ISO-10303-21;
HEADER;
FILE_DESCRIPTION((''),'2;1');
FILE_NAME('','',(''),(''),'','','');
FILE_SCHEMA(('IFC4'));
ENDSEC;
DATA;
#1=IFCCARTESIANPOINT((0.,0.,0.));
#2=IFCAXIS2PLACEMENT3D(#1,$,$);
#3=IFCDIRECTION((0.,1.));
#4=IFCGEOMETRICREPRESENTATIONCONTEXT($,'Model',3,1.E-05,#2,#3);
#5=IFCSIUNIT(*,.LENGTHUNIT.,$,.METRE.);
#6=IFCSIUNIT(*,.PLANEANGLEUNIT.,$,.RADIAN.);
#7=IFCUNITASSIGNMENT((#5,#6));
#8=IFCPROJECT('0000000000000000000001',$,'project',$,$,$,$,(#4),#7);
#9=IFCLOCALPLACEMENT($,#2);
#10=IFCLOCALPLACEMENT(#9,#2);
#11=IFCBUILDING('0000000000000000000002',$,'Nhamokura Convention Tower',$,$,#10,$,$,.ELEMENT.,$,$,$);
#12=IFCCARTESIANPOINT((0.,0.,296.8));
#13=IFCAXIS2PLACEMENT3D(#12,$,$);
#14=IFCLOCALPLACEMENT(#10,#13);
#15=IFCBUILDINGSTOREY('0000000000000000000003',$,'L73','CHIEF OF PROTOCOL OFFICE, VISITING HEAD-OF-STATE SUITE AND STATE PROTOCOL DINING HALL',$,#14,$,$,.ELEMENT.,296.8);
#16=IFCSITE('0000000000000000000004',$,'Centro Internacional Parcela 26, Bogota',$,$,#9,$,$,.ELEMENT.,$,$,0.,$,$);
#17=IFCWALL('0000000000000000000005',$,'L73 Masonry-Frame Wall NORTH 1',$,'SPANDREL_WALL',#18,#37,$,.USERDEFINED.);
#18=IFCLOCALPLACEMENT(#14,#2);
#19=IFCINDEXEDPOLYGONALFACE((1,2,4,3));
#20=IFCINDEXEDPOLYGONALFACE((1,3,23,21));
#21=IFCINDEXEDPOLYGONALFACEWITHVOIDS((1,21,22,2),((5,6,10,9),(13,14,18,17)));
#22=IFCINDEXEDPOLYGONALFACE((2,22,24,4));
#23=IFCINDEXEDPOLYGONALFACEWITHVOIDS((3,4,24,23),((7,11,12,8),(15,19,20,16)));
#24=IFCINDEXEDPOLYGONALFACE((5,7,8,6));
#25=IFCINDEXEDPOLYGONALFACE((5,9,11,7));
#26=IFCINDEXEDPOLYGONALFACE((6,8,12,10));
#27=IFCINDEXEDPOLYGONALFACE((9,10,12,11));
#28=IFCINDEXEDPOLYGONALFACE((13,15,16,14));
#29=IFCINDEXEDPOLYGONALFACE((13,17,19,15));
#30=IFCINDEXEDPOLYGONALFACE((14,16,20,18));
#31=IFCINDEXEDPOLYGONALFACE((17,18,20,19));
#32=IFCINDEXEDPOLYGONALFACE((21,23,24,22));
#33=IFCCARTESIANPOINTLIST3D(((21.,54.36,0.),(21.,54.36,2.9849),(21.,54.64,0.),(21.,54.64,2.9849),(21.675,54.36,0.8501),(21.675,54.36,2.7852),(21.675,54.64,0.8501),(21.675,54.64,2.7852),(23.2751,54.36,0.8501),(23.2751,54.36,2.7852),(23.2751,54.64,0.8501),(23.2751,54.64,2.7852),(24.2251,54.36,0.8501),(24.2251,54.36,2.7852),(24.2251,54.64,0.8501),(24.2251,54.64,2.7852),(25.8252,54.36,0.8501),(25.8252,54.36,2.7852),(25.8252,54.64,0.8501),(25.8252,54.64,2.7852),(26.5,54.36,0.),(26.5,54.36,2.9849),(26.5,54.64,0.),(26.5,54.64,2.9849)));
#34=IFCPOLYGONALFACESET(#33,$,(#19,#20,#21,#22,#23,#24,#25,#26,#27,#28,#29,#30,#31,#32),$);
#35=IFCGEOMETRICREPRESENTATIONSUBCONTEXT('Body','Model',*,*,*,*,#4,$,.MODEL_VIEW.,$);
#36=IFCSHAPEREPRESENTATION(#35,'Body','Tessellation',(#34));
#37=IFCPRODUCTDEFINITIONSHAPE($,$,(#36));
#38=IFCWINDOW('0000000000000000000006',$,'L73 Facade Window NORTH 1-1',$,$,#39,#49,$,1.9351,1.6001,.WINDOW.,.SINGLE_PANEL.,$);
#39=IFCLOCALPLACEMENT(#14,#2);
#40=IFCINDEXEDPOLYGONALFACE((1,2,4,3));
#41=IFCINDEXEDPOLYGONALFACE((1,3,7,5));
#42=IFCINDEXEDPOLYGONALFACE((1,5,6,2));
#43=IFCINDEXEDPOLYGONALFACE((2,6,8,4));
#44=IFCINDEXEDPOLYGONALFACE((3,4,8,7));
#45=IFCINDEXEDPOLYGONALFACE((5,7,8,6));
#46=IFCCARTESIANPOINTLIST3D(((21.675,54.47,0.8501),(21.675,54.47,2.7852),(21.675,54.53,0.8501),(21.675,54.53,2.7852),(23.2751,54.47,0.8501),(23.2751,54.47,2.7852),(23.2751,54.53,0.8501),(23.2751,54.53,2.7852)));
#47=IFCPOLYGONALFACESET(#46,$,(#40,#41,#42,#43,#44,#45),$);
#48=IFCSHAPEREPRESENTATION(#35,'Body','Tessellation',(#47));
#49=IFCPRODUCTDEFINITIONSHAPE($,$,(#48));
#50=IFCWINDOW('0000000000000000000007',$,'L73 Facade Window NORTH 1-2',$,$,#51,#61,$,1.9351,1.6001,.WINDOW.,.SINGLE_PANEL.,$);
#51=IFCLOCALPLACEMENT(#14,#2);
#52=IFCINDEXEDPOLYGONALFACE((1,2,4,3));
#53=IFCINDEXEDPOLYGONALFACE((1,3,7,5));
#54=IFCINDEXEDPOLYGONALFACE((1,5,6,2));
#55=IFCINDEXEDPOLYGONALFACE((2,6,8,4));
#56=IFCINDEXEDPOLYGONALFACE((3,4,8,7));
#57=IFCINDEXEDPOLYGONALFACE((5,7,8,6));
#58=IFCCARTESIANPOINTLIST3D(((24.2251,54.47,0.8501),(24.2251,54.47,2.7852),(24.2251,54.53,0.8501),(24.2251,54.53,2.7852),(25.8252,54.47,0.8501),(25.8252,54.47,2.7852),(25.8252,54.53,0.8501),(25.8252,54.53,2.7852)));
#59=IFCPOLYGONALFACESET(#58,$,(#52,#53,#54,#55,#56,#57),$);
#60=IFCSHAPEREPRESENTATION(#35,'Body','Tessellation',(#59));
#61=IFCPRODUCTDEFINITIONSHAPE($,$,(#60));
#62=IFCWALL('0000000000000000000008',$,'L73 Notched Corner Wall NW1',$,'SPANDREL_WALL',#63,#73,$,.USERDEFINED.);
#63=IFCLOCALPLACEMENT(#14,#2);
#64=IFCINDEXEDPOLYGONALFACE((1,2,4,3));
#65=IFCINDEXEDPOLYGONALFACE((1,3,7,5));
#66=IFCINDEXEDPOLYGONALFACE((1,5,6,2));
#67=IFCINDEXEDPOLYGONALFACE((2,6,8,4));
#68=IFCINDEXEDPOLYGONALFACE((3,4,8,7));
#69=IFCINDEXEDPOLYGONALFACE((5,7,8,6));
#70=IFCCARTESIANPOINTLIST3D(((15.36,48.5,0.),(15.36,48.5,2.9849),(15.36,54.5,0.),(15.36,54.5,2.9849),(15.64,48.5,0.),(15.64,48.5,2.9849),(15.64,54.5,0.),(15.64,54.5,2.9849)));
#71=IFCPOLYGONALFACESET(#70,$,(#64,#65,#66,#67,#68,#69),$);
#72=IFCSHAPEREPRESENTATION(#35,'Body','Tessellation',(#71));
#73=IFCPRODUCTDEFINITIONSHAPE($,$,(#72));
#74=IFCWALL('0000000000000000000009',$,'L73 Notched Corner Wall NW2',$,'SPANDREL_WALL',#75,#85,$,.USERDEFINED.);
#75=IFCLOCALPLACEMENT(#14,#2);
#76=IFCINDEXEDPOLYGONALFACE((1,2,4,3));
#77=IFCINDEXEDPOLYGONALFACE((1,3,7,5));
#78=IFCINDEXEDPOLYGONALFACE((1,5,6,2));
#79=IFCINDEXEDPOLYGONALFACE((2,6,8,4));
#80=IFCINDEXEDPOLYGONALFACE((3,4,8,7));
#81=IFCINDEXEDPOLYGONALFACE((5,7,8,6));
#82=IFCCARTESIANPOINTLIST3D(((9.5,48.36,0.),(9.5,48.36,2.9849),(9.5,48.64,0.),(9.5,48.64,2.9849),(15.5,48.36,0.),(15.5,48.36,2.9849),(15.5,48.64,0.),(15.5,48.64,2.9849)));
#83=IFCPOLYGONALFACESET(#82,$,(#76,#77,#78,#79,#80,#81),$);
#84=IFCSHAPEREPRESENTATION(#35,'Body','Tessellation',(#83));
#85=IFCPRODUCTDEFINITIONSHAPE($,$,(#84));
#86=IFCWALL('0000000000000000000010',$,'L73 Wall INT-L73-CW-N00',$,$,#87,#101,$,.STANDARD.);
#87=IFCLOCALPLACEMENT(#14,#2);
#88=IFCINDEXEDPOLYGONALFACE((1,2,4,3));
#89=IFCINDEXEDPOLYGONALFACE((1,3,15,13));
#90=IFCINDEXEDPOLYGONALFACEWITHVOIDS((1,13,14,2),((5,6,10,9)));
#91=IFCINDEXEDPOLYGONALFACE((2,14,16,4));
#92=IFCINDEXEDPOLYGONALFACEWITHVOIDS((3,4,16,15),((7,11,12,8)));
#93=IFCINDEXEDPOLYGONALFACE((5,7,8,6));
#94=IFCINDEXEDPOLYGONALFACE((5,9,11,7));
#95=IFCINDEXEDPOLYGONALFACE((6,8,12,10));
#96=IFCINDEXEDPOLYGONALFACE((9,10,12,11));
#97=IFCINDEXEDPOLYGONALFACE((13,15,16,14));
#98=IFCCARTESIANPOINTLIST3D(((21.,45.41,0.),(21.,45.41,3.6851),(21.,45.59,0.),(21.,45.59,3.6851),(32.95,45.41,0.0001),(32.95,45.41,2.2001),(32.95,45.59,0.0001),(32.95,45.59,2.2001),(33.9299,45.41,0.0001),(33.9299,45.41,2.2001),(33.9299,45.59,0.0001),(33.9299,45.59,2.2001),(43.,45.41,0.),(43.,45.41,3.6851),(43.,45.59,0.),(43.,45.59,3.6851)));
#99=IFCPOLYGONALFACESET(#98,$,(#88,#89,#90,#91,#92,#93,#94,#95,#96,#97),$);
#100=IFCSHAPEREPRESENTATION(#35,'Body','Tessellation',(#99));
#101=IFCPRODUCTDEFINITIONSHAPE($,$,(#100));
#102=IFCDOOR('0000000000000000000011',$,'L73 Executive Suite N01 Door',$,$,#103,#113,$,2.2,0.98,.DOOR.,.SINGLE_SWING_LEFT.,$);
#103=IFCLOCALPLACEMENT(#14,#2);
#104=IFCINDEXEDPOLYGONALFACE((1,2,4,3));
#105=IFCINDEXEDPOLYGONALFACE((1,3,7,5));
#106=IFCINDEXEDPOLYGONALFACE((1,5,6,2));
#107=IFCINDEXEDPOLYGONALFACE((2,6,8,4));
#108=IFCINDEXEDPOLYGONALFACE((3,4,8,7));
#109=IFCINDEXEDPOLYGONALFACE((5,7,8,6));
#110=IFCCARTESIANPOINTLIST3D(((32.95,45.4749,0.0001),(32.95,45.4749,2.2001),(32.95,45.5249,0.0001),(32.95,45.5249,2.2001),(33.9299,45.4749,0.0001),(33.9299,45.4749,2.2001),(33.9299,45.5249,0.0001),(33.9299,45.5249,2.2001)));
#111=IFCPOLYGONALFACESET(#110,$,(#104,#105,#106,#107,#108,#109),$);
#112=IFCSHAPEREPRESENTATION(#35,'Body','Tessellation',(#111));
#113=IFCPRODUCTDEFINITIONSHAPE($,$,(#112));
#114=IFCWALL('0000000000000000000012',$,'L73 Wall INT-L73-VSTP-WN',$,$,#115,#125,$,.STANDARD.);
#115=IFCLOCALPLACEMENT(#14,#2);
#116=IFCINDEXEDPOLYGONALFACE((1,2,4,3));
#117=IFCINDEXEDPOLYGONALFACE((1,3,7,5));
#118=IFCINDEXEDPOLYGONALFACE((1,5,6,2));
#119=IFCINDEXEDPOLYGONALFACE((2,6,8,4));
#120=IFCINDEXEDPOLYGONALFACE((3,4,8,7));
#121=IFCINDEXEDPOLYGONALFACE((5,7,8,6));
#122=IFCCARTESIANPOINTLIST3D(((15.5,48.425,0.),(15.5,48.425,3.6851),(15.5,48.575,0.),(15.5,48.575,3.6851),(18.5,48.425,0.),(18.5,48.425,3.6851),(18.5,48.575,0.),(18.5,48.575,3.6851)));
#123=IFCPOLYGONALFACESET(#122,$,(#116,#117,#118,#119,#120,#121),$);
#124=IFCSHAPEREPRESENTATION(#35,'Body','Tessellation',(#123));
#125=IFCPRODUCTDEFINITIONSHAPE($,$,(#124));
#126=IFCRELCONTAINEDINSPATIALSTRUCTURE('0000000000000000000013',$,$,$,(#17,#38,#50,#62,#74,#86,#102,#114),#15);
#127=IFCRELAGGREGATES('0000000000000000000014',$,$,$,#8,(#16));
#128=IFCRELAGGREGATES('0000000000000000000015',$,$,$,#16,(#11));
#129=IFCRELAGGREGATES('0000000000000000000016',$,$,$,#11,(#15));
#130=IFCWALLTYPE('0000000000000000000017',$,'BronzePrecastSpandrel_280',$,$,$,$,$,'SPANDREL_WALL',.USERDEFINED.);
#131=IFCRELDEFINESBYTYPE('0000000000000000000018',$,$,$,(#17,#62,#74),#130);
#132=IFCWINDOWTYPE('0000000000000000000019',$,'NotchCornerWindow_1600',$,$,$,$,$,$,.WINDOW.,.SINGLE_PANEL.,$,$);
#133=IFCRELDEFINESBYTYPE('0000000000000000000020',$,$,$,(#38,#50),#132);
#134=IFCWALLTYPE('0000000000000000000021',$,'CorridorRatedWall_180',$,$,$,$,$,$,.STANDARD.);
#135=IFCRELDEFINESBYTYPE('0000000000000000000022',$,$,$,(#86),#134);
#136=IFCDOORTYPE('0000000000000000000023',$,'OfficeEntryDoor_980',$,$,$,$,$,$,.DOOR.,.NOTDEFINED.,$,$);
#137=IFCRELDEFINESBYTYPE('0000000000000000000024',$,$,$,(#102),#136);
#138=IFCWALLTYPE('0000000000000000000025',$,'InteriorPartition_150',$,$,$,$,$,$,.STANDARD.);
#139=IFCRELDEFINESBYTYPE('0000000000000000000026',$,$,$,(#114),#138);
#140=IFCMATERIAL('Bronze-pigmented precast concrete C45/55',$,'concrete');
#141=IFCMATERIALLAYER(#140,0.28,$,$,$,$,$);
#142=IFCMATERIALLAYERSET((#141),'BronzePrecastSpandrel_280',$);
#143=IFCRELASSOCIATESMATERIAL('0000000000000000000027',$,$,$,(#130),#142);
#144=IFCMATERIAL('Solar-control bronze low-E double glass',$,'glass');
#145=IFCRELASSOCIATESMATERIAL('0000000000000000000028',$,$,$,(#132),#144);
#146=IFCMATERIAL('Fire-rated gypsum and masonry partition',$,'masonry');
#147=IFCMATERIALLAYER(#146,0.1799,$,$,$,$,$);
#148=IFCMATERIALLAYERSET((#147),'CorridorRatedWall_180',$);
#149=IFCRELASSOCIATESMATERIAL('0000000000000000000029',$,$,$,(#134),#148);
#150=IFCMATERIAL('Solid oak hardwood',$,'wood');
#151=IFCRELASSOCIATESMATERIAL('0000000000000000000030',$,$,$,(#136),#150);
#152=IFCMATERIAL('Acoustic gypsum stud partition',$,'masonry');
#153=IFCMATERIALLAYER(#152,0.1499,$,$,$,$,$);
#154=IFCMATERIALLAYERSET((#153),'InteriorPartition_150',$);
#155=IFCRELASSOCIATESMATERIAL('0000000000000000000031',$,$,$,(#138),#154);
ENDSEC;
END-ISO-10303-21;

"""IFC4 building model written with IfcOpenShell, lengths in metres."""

from ifc_helpers import new_model, si_unit, direction, frame, frame_2d, origin, place, context, subcontext, project, spatial, rectangle, extrude, material, layer, layer_set, type_object, element, fill, save


model = new_model("IFC4")

# Units and contexts
model_context = context("Model", 3, precision=1e-05, world=origin(), true_north=direction((0.0, 1.0)))
body_context = subcontext(model_context, "Body", "Model", "MODEL_VIEW")
ifc_project = project(units=[si_unit("LENGTHUNIT", "METRE"), si_unit("PLANEANGLEUNIT", "RADIAN")], contexts=[model_context])

# Site, building, storey
site_placement = place(None, origin())
site = spatial("IfcSite", under=ifc_project, at=site_placement, Name="Centro Internacional Parcela 26, Bogota", CompositionType="ELEMENT", RefElevation=0.0)
building_placement = place(site_placement, origin())
building = spatial("IfcBuilding", under=site, at=building_placement, Name="Nhamokura Convention Tower", CompositionType="ELEMENT")
storey_placement = place(building_placement, frame((0.0, 0.0, 296.8)))
storey = spatial("IfcBuildingStorey", under=building, at=storey_placement, Name="L73", Description="CHIEF OF PROTOCOL OFFICE, VISITING HEAD-OF-STATE SUITE AND STATE PROTOCOL DINING HALL", CompositionType="ELEMENT", Elevation=296.8)

# Shared definitions
ifc_material_1 = material(Name="Bronze-pigmented precast concrete C45/55", Category="concrete")
ifc_layer_1 = layer(ifc_material_1, 0.28)
ifc_layer_set_1 = layer_set([ifc_layer_1], Name="BronzePrecastSpandrel_280")
wall_type_1 = type_object("IfcWallType", Name="BronzePrecastSpandrel_280", ElementType="SPANDREL_WALL", PredefinedType="USERDEFINED", material=ifc_layer_set_1)

# Wall, openings, windows
wall_1_placement = place(storey_placement, frame((21.0, 54.5, 0.0), z_axis=(0.0, 0.0, 1.0), x_axis=(1.0, 0.0, 0.0)))
wall_1 = element("IfcWall", 1, at=wall_1_placement, inside=storey, type_object=wall_type_1, Name="L73 Masonry-Frame Wall NORTH 1", ObjectType="SPANDREL_WALL", PredefinedType="USERDEFINED", context=body_context, shape_type="SweptSolid", body=[
    extrude(rectangle(XDim=5.5, YDim=0.28, at=frame_2d((2.75, 0.0))), origin(), (0.0, 0.0, 1.0), 2.9849),
])
opening_1_placement = place(wall_1_placement, frame((0.675, 0.0, 0.8501)))
opening_1 = element("IfcOpeningElement", 2, at=opening_1_placement, cuts=wall_1, PredefinedType="OPENING", context=body_context, shape_type="SweptSolid", body=[
    extrude(rectangle(XDim=1.6001, YDim=1.9351, at=frame_2d((0.8, 0.9675))), frame((0.0, 0.1499, 0.0), z_axis=(0.0, -1.0, 0.0), x_axis=(1.0, 0.0, 0.0)), (0.0, 0.0, 1.0), 0.3),
])
opening_2_placement = place(wall_1_placement, frame((3.2251, 0.0, 0.8501)))
opening_2 = element("IfcOpeningElement", 3, at=opening_2_placement, cuts=wall_1, PredefinedType="OPENING", context=body_context, shape_type="SweptSolid", body=[
    extrude(rectangle(XDim=1.6001, YDim=1.9351, at=frame_2d((0.8, 0.9675))), frame((0.0, 0.1499, 0.0), z_axis=(0.0, -1.0, 0.0), x_axis=(1.0, 0.0, 0.0)), (0.0, 0.0, 1.0), 0.3),
])
ifc_material_2 = material(Name="Solar-control bronze low-E double glass", Category="glass")
window_type = type_object("IfcWindowType", Name="NotchCornerWindow_1600", PartitioningType="SINGLE_PANEL", PredefinedType="WINDOW", material=ifc_material_2)
window_1_placement = place(opening_1_placement, origin())
window_1 = element("IfcWindow", 4, at=window_1_placement, inside=storey, type_object=window_type, Name="L73 Facade Window NORTH 1-1", OverallHeight=1.9351, OverallWidth=1.6001, PartitioningType="SINGLE_PANEL", PredefinedType="WINDOW", context=body_context, shape_type="SweptSolid", body=[
    extrude(rectangle(XDim=1.6001, YDim=1.9351, at=frame_2d((0.8, 0.9675))), frame((0.0, 0.03, 0.0), z_axis=(0.0, -1.0, 0.0), x_axis=(1.0, 0.0, 0.0)), (0.0, 0.0, 1.0), 0.0601),
])
fill(opening_1, window_1)
window_2_placement = place(opening_2_placement, origin())
window_2 = element("IfcWindow", 5, at=window_2_placement, inside=storey, type_object=window_type, Name="L73 Facade Window NORTH 1-2", OverallHeight=1.9351, OverallWidth=1.6001, PartitioningType="SINGLE_PANEL", PredefinedType="WINDOW", context=body_context, shape_type="SweptSolid", body=[
    extrude(rectangle(XDim=1.6001, YDim=1.9351, at=frame_2d((0.8, 0.9675))), frame((0.0, 0.03, 0.0), z_axis=(0.0, -1.0, 0.0), x_axis=(1.0, 0.0, 0.0)), (0.0, 0.0, 1.0), 0.0601),
])
fill(opening_2, window_2)

# Walls
for number, where, z_axis, x_axis, name in (
    (6, (15.5, 48.5, 0.0), (0.0, 0.0, 1.0), (0.0, 1.0, 0.0), "L73 Notched Corner Wall NW1"),
    (7, (9.5, 48.5, 0.0), (0.0, 0.0, 1.0), (1.0, 0.0, 0.0), "L73 Notched Corner Wall NW2"),
):
    element("IfcWall", number, at=place(storey_placement, frame(where, z_axis=z_axis, x_axis=x_axis)), inside=storey, type_object=wall_type_1, Name=name, ObjectType="SPANDREL_WALL", PredefinedType="USERDEFINED", context=body_context, shape_type="SweptSolid", body=[
        extrude(rectangle(XDim=6.0, YDim=0.28, at=frame_2d((3.0, 0.0))), origin(), (0.0, 0.0, 1.0), 2.9849),
    ])

# Wall, opening, door
ifc_material_3 = material(Name="Fire-rated gypsum and masonry partition", Category="masonry")
ifc_layer_2 = layer(ifc_material_3, 0.1799)
ifc_layer_set_2 = layer_set([ifc_layer_2], Name="CorridorRatedWall_180")
wall_type_2 = type_object("IfcWallType", Name="CorridorRatedWall_180", PredefinedType="STANDARD", material=ifc_layer_set_2)
wall_2_placement = place(storey_placement, frame((21.0, 45.5, 0.0), z_axis=(0.0, 0.0, 1.0), x_axis=(1.0, 0.0, 0.0)))
wall_2 = element("IfcWall", 8, at=wall_2_placement, inside=storey, type_object=wall_type_2, Name="L73 Wall INT-L73-CW-N00", PredefinedType="STANDARD", context=body_context, shape_type="SweptSolid", body=[
    extrude(rectangle(XDim=22.0, YDim=0.1799, at=frame_2d((11.0, 0.0))), origin(), (0.0, 0.0, 1.0), 3.6851),
])
opening_3_placement = place(wall_2_placement, frame((11.95, 0.0, 0.0)))
opening_3 = element("IfcOpeningElement", 9, at=opening_3_placement, cuts=wall_2, PredefinedType="OPENING", context=body_context, shape_type="SweptSolid", body=[
    extrude(rectangle(XDim=0.98, YDim=2.2, at=frame_2d((0.49, 1.1001))), frame((0.0, 0.0999, 0.0), z_axis=(0.0, -1.0, 0.0), x_axis=(1.0, 0.0, 0.0)), (0.0, 0.0, 1.0), 0.2),
])
ifc_material_4 = material(Name="Solid oak hardwood", Category="wood")
door_type = type_object("IfcDoorType", Name="OfficeEntryDoor_980", OperationType="NOTDEFINED", PredefinedType="DOOR", material=ifc_material_4)
door_placement = place(opening_3_placement, origin())
door = element("IfcDoor", 10, at=door_placement, inside=storey, type_object=door_type, Name="L73 Executive Suite N01 Door", OperationType="SINGLE_SWING_LEFT", OverallHeight=2.2, OverallWidth=0.98, PredefinedType="DOOR", context=body_context, shape_type="SweptSolid", body=[
    extrude(rectangle(XDim=0.98, YDim=2.2, at=frame_2d((0.49, 1.1001))), frame((0.0, 0.0249, 0.0), z_axis=(0.0, -1.0, 0.0), x_axis=(1.0, 0.0, 0.0)), (0.0, 0.0, 1.0), 0.05),
])
fill(opening_3, door)

# Wall
ifc_material_5 = material(Name="Acoustic gypsum stud partition", Category="masonry")
ifc_layer_3 = layer(ifc_material_5, 0.1499)
ifc_layer_set_3 = layer_set([ifc_layer_3], Name="InteriorPartition_150")
wall_type_3 = type_object("IfcWallType", Name="InteriorPartition_150", PredefinedType="STANDARD", material=ifc_layer_set_3)
wall_3_placement = place(storey_placement, frame((15.5, 48.5, 0.0), z_axis=(0.0, 0.0, 1.0), x_axis=(1.0, 0.0, 0.0)))
element("IfcWall", 11, at=wall_3_placement, inside=storey, type_object=wall_type_3, Name="L73 Wall INT-L73-VSTP-WN", PredefinedType="STANDARD", context=body_context, shape_type="SweptSolid", body=[
    extrude(rectangle(XDim=3.0, YDim=0.1499, at=frame_2d((1.5, 0.0))), origin(), (0.0, 0.0, 1.0), 3.6851),
])

save(model, "model.ifc")
